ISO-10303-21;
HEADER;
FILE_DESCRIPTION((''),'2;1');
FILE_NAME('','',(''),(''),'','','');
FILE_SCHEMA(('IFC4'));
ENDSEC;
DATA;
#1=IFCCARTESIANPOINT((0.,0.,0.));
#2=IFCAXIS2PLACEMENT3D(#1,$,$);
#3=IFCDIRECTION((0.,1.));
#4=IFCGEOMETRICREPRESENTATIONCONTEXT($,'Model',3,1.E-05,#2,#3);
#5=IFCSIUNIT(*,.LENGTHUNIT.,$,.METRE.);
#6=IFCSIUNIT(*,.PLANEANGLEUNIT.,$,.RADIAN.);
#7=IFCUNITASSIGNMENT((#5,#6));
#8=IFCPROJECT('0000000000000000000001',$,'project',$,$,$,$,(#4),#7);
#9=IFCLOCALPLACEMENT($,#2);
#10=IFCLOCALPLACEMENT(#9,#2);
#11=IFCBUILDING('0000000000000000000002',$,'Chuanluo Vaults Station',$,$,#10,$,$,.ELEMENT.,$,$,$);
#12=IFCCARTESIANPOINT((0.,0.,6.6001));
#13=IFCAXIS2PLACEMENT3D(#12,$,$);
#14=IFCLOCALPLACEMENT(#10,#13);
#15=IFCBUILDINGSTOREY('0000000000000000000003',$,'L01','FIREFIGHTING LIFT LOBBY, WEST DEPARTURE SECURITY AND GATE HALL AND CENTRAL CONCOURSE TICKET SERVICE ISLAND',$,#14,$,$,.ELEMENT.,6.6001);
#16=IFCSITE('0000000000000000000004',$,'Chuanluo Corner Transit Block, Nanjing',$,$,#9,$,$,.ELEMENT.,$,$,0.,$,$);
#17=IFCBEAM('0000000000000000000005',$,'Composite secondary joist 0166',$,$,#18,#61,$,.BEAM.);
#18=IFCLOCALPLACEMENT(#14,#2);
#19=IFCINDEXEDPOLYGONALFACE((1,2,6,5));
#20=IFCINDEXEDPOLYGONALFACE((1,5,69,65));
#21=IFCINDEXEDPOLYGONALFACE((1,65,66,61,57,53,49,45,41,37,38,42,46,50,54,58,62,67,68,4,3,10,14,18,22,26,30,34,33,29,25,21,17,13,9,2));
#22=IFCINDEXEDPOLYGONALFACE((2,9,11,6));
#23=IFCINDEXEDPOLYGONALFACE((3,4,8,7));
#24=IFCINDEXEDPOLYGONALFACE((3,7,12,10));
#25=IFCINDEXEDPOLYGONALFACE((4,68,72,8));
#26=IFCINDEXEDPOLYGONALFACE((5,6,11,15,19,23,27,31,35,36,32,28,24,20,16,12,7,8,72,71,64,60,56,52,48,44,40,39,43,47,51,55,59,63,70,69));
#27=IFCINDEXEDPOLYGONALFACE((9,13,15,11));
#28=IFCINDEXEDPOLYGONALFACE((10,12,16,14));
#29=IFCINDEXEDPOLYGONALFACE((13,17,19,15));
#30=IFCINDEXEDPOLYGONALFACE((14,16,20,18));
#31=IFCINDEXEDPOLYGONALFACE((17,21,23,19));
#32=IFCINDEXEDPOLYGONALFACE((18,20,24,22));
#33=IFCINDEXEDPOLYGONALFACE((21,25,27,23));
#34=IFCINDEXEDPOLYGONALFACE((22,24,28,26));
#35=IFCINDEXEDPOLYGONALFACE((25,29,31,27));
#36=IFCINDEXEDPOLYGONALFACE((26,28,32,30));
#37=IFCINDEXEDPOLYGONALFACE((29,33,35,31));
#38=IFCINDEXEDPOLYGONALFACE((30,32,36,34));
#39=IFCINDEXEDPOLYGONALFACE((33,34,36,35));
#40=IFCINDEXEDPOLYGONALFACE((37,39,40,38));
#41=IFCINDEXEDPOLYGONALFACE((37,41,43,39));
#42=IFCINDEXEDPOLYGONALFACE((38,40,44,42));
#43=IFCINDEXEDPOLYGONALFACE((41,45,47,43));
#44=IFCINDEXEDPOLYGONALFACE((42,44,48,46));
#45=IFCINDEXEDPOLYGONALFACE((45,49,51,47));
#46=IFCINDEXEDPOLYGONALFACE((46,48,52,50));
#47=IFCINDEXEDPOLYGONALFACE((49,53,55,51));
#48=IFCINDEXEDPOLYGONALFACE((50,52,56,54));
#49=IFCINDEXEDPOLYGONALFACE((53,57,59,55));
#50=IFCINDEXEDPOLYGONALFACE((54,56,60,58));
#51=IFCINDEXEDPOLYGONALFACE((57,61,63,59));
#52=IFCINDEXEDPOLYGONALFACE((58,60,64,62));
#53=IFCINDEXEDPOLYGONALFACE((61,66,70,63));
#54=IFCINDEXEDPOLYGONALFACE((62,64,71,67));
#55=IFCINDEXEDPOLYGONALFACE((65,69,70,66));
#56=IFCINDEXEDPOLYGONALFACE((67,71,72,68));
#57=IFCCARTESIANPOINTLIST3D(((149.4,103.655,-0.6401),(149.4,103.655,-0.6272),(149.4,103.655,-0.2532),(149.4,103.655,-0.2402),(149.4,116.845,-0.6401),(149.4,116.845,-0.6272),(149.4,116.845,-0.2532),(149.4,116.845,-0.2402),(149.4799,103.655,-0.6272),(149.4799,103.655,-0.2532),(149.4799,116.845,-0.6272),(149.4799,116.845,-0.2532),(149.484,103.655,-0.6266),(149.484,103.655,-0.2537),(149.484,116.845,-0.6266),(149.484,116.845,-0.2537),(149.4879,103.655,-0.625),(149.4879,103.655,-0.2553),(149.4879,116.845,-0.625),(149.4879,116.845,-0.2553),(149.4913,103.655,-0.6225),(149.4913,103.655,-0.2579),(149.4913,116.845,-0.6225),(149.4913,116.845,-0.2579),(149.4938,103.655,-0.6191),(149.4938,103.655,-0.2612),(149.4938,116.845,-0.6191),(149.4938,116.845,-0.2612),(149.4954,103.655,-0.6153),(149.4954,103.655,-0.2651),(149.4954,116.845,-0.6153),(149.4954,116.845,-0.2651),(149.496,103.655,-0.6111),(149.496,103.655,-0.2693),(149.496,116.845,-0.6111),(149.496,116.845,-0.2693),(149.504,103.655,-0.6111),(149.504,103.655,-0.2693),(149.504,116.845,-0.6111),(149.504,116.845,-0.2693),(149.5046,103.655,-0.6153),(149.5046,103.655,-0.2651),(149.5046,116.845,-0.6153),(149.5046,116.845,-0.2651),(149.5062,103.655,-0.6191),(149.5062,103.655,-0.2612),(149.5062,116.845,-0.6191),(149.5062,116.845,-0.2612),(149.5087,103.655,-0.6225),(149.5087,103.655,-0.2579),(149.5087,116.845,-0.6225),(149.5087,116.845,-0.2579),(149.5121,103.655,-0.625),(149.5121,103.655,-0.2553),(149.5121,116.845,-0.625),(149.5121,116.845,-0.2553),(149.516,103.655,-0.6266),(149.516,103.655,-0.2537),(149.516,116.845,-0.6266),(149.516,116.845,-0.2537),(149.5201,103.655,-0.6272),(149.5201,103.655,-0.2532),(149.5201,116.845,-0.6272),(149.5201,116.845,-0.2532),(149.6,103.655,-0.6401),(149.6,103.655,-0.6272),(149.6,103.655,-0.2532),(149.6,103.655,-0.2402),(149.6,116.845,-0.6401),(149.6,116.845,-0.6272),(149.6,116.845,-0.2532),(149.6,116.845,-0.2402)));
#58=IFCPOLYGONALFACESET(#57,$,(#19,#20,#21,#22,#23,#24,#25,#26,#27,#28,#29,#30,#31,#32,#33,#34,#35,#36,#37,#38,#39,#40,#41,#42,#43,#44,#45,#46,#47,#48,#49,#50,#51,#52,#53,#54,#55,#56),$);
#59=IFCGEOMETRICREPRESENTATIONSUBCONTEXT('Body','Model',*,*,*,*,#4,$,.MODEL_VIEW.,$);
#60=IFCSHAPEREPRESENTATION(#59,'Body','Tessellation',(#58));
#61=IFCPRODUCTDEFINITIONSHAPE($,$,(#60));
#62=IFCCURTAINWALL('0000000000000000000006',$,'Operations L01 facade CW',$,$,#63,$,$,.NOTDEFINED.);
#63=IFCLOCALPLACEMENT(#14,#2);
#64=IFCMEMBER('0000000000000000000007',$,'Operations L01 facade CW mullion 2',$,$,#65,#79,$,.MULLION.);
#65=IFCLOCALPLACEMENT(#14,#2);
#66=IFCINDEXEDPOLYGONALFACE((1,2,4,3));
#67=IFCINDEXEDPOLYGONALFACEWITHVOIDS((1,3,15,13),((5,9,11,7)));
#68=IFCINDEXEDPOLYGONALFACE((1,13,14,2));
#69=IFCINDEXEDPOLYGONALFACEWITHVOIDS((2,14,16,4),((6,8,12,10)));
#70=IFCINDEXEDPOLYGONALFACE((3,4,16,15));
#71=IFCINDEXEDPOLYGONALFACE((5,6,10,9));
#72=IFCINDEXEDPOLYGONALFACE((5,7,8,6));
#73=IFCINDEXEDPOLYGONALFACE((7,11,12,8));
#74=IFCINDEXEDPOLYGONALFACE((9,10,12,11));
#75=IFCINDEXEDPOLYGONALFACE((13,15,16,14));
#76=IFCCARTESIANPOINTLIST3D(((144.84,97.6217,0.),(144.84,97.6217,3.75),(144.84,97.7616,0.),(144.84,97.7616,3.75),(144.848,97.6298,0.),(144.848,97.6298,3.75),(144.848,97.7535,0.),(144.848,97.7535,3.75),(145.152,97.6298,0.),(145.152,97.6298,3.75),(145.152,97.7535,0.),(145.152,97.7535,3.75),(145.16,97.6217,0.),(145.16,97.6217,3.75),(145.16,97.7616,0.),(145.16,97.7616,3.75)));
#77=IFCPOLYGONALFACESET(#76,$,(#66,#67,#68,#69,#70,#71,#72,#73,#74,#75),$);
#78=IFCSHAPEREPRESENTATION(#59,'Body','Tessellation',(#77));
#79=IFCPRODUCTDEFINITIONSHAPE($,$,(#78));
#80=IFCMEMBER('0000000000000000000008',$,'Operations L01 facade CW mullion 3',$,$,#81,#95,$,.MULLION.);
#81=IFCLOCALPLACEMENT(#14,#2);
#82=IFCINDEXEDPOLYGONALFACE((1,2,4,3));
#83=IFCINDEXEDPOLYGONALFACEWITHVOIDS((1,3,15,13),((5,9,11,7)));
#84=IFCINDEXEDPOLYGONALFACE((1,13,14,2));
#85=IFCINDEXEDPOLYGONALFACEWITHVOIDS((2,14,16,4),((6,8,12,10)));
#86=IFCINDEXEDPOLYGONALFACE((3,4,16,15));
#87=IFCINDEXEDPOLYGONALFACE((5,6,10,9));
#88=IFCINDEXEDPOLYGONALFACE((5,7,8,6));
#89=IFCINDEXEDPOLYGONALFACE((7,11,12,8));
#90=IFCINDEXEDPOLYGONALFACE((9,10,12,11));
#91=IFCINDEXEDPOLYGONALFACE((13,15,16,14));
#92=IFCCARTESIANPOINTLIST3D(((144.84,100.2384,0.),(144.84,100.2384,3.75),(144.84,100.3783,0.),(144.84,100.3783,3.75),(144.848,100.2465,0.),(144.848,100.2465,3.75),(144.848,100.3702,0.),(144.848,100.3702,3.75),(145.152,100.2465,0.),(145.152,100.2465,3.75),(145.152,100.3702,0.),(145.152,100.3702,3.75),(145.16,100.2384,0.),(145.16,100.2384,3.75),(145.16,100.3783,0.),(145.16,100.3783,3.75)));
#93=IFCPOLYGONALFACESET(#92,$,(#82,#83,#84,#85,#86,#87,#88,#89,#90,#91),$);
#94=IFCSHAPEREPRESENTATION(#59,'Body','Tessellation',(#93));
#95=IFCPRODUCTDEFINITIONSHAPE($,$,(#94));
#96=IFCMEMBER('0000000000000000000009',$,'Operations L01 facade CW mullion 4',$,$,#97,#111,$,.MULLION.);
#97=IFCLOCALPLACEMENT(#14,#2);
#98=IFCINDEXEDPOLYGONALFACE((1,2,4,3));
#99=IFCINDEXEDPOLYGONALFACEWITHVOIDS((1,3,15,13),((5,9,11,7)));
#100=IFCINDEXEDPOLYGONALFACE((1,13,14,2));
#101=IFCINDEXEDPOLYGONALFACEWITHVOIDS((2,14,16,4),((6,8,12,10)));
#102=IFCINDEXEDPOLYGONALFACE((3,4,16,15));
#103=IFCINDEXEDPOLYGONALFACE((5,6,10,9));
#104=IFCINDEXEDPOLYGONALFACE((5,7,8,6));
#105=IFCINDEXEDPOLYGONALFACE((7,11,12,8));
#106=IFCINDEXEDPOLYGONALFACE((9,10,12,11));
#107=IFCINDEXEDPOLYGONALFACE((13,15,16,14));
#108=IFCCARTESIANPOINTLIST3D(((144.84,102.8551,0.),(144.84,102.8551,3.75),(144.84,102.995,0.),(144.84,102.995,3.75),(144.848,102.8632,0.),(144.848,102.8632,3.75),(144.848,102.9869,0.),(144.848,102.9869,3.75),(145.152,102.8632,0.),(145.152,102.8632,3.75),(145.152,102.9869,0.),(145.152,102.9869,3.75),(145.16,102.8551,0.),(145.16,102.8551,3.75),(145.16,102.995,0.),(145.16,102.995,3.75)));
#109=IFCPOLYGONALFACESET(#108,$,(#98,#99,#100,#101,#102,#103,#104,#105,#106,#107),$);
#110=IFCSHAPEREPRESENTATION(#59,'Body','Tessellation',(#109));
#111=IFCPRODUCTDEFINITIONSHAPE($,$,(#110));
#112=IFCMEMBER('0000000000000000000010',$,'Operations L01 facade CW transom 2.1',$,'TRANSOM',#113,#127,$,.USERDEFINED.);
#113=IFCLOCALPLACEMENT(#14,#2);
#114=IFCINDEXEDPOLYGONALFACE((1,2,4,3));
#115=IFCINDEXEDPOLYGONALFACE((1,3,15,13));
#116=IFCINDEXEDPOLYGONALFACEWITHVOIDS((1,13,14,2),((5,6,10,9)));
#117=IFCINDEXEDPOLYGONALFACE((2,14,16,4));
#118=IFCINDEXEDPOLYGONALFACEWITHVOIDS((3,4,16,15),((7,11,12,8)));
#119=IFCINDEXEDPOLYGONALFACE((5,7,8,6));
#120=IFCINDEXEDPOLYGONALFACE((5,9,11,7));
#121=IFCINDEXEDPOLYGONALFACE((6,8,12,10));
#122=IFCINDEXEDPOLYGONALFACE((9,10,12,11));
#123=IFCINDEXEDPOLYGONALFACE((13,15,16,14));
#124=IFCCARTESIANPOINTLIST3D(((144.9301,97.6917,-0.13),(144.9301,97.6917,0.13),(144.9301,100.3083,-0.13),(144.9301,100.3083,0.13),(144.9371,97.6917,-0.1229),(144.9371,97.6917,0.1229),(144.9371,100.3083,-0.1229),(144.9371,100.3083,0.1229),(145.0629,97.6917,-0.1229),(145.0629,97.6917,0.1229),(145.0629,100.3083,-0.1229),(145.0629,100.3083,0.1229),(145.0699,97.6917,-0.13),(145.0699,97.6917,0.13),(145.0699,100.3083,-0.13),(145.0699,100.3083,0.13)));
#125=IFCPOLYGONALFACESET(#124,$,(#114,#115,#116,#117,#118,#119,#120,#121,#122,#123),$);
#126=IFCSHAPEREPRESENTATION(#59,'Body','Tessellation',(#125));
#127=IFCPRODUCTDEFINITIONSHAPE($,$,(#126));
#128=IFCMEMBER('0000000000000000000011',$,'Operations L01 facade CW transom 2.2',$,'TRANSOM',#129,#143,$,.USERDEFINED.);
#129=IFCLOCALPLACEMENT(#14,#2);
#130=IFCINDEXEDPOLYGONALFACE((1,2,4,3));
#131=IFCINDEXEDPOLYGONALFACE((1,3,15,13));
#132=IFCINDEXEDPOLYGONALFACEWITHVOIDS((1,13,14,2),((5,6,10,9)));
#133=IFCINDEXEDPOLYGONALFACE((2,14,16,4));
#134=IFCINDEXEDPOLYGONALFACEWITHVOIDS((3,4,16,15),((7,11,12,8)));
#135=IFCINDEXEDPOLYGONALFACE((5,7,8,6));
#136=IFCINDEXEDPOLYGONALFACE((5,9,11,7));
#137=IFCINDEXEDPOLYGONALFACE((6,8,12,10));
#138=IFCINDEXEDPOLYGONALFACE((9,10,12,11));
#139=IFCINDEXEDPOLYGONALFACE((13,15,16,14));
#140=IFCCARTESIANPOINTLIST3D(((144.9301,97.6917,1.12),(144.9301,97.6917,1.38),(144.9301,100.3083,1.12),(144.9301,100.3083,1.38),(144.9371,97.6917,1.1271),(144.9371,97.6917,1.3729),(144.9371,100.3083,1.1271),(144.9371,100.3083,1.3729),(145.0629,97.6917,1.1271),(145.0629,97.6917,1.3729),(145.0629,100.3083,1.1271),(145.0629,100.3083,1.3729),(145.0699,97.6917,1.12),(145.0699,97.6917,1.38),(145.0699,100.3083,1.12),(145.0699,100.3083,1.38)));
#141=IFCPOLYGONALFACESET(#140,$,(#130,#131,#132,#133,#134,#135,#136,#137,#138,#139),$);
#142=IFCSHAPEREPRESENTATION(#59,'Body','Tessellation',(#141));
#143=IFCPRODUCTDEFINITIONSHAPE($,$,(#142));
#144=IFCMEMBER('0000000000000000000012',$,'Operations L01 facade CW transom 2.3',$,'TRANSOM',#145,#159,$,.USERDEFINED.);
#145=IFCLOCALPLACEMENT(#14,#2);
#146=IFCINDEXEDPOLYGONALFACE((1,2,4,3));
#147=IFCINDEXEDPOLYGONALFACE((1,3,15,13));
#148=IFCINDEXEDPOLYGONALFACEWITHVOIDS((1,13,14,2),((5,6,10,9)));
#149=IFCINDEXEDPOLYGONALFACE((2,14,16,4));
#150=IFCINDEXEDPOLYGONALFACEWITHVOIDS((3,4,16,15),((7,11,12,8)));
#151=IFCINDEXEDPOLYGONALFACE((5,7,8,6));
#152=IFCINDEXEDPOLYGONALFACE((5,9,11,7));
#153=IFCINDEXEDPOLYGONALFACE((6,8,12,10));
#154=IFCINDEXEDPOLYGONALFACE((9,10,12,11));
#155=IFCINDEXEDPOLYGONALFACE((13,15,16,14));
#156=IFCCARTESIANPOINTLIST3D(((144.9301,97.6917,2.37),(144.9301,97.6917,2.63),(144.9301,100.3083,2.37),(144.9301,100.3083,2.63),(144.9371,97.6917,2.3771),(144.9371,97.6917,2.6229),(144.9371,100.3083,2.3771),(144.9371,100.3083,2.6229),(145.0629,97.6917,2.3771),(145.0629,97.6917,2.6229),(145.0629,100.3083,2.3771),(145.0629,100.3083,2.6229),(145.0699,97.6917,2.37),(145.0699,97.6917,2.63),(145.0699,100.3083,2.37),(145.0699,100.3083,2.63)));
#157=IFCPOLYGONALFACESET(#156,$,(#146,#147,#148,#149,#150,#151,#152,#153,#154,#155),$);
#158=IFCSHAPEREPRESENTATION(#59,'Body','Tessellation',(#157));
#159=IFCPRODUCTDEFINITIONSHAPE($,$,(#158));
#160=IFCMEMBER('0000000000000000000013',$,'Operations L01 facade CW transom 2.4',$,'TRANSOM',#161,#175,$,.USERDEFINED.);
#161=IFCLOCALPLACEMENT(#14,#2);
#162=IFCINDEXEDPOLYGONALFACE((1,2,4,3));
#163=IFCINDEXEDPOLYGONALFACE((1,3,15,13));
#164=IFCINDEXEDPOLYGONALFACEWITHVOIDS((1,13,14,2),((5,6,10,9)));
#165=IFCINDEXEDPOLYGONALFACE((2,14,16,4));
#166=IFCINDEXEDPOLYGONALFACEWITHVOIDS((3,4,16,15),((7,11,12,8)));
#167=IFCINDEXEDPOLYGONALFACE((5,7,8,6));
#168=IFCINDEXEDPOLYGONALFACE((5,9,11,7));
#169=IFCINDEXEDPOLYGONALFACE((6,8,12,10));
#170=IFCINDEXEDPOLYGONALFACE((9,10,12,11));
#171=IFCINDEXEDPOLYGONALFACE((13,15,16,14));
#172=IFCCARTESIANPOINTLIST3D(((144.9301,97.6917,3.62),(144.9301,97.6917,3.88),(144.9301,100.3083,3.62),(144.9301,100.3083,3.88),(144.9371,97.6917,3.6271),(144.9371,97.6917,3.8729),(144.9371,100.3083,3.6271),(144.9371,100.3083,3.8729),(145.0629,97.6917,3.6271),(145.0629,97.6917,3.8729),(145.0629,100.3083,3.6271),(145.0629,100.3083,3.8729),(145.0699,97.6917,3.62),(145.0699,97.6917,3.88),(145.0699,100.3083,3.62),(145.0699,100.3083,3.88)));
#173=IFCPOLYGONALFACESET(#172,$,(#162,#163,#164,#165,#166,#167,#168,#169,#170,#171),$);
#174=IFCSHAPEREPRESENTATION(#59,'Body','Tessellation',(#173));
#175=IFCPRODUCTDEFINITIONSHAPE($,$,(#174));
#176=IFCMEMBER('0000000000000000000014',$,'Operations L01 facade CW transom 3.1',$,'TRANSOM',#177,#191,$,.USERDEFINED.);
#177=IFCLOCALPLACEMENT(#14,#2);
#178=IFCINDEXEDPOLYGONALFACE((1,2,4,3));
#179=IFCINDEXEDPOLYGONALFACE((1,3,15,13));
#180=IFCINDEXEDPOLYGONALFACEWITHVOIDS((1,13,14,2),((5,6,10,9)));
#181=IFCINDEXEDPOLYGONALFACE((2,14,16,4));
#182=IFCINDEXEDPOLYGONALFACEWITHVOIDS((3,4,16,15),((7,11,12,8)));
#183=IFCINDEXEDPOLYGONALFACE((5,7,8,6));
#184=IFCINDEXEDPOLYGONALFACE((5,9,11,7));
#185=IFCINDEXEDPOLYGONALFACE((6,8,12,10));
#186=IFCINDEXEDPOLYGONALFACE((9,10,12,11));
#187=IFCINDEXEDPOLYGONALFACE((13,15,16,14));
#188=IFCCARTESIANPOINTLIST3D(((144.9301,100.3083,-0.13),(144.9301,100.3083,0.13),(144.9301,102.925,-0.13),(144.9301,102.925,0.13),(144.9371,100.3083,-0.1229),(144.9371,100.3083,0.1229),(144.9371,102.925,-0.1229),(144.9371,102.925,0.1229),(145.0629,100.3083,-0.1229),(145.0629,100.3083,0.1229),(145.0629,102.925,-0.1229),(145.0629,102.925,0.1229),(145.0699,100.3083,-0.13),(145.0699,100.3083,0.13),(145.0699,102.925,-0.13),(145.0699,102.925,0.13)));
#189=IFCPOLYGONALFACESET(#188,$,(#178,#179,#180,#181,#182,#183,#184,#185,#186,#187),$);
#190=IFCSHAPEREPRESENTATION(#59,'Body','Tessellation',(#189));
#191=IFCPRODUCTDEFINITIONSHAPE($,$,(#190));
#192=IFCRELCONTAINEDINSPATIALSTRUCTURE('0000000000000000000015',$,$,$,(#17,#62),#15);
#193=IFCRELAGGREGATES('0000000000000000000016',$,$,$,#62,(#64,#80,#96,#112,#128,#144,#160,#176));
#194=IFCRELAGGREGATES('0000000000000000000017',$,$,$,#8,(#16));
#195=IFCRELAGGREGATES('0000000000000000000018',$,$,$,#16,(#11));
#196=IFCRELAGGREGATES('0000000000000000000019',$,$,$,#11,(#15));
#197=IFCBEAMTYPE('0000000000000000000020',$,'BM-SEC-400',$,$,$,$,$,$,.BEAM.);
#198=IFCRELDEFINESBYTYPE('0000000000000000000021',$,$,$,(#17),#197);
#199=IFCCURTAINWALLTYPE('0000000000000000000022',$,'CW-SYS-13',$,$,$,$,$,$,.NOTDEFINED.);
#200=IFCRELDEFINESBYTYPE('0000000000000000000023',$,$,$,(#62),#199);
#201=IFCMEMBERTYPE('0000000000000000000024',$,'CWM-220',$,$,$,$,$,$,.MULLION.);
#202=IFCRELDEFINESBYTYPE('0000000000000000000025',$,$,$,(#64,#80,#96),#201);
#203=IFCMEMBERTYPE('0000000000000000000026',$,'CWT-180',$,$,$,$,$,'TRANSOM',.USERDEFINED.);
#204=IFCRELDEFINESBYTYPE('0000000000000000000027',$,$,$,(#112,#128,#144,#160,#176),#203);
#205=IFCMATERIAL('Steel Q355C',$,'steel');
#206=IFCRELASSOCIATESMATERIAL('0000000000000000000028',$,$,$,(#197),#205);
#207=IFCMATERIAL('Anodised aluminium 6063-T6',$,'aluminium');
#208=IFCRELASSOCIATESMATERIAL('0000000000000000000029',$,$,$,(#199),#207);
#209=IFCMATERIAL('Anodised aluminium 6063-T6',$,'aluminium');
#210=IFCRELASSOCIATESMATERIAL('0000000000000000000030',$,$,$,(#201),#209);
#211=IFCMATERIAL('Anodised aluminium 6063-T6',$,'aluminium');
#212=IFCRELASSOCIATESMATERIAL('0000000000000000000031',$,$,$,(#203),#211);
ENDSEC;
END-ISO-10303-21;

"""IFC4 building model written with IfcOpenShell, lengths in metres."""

from ifc_helpers import new_model, si_unit, direction, frame, origin, origin_2d, place, context, subcontext, project, spatial, hollow_rectangle, i_section, extrude, material, material_profile, profile_set, type_object, element, aggregate, save


model = new_model("IFC4")

# Units and contexts
model_context = context("Model", 3, precision=1e-05, world=origin(), true_north=direction((0.0, 1.0)))
body_context = subcontext(model_context, "Body", "Model", "MODEL_VIEW")
ifc_project = project(units=[si_unit("LENGTHUNIT", "METRE"), si_unit("PLANEANGLEUNIT", "RADIAN")], contexts=[model_context])

# Site, building, storey
site_placement = place(None, origin())
site = spatial("IfcSite", under=ifc_project, at=site_placement, Name="Chuanluo Corner Transit Block, Nanjing", CompositionType="ELEMENT", RefElevation=0.0)
building_placement = place(site_placement, origin())
building = spatial("IfcBuilding", under=site, at=building_placement, Name="Chuanluo Vaults Station", CompositionType="ELEMENT")
storey_placement = place(building_placement, frame((0.0, 0.0, 6.6001)))
storey = spatial("IfcBuildingStorey", under=building, at=storey_placement, Name="L01", Description="FIREFIGHTING LIFT LOBBY, WEST DEPARTURE SECURITY AND GATE HALL AND CENTRAL CONCOURSE TICKET SERVICE ISLAND", CompositionType="ELEMENT", Elevation=6.6001)

# Beam
ifc_material_1 = material(Name="Steel Q355C", Category="steel")
ifc_material_profile_1 = material_profile(ifc_material_1, i_section(OverallWidth=0.2, OverallDepth=0.3999, WebThickness=0.0081, FlangeThickness=0.0129, FilletRadius=0.0161, at=origin_2d()))
ifc_profile_set_1 = profile_set([ifc_material_profile_1], Name="Steel Q355C")
beam_type_1 = type_object("IfcBeamType", Name="BM-SEC-400", PredefinedType="BEAM", material=ifc_profile_set_1)
beam_1_placement = place(storey_placement, frame((149.5, 103.655, -0.4402), z_axis=(0.0, 1.0, 0.0), x_axis=(-1.0, 0.0, 0.0)))
element("IfcBeam", 1, at=beam_1_placement, inside=storey, type_object=beam_type_1, Name="Composite secondary joist 0166", PredefinedType="BEAM", context=body_context, shape_type="SweptSolid", body=[
    extrude(i_section(OverallWidth=0.2, OverallDepth=0.3999, WebThickness=0.0081, FlangeThickness=0.0129, FilletRadius=0.0161, at=origin_2d()), origin(), (0.0, 0.0, 1.0), 13.1899),
])

# Curtain wall, members
ifc_material_2 = material(Name="Anodised aluminium 6063-T6", Category="aluminium")
curtain_wall_type = type_object("IfcCurtainWallType", Name="CW-SYS-13", PredefinedType="NOTDEFINED", material=ifc_material_2)
curtain_wall_placement = place(storey_placement, origin())
curtain_wall = element("IfcCurtainWall", 2, at=curtain_wall_placement, inside=storey, type_object=curtain_wall_type, Name="Operations L01 facade CW", PredefinedType="NOTDEFINED")
ifc_material_3 = material(Name="Anodised aluminium 6063-T6", Category="aluminium")
ifc_material_profile_2 = material_profile(ifc_material_3, hollow_rectangle(XDim=0.1399, YDim=0.3201, WallThickness=0.0081, at=origin_2d()))
ifc_profile_set_2 = profile_set([ifc_material_profile_2], Name="Anodised aluminium 6063-T6")
member_type_1 = type_object("IfcMemberType", Name="CWM-220", PredefinedType="MULLION", material=ifc_profile_set_2)
member_1_placement = place(storey_placement, frame((145.0, 97.6917, 0.0), z_axis=(0.0, 0.0, 1.0), x_axis=(0.0, 1.0, 0.0)))
member_1 = element("IfcMember", 3, at=member_1_placement, type_object=member_type_1, Name="Operations L01 facade CW mullion 2", PredefinedType="MULLION", context=body_context, shape_type="SweptSolid", body=[
    extrude(hollow_rectangle(XDim=0.1399, YDim=0.3201, WallThickness=0.0081, at=origin_2d()), origin(), (0.0, 0.0, 1.0), 3.75),
])
member_2_placement = place(storey_placement, frame((145.0, 100.3083, 0.0), z_axis=(0.0, 0.0, 1.0), x_axis=(0.0, 1.0, 0.0)))
member_2 = element("IfcMember", 4, at=member_2_placement, type_object=member_type_1, Name="Operations L01 facade CW mullion 3", PredefinedType="MULLION", context=body_context, shape_type="SweptSolid", body=[
    extrude(hollow_rectangle(XDim=0.1399, YDim=0.3201, WallThickness=0.0081, at=origin_2d()), origin(), (0.0, 0.0, 1.0), 3.75),
])
member_3_placement = place(storey_placement, frame((145.0, 102.925, 0.0), z_axis=(0.0, 0.0, 1.0), x_axis=(0.0, 1.0, 0.0)))
member_3 = element("IfcMember", 5, at=member_3_placement, type_object=member_type_1, Name="Operations L01 facade CW mullion 4", PredefinedType="MULLION", context=body_context, shape_type="SweptSolid", body=[
    extrude(hollow_rectangle(XDim=0.1399, YDim=0.3201, WallThickness=0.0081, at=origin_2d()), origin(), (0.0, 0.0, 1.0), 3.75),
])
ifc_material_4 = material(Name="Anodised aluminium 6063-T6", Category="aluminium")
ifc_material_profile_3 = material_profile(ifc_material_4, hollow_rectangle(XDim=0.1399, YDim=0.26, WallThickness=0.0071, at=origin_2d()))
ifc_profile_set_3 = profile_set([ifc_material_profile_3], Name="Anodised aluminium 6063-T6")
member_type_2 = type_object("IfcMemberType", Name="CWT-180", ElementType="TRANSOM", PredefinedType="USERDEFINED", material=ifc_profile_set_3)
member_4_placement = place(storey_placement, frame((145.0, 97.6917, 0.0), z_axis=(0.0, 1.0, 0.0), x_axis=(-1.0, 0.0, 0.0)))
member_4 = element("IfcMember", 6, at=member_4_placement, type_object=member_type_2, Name="Operations L01 facade CW transom 2.1", ObjectType="TRANSOM", PredefinedType="USERDEFINED", context=body_context, shape_type="SweptSolid", body=[
    extrude(hollow_rectangle(XDim=0.1399, YDim=0.26, WallThickness=0.0071, at=origin_2d()), origin(), (0.0, 0.0, 1.0), 2.6167),
])
member_5_placement = place(storey_placement, frame((145.0, 97.6917, 1.25), z_axis=(0.0, 1.0, 0.0), x_axis=(-1.0, 0.0, 0.0)))
member_5 = element("IfcMember", 7, at=member_5_placement, type_object=member_type_2, Name="Operations L01 facade CW transom 2.2", ObjectType="TRANSOM", PredefinedType="USERDEFINED", context=body_context, shape_type="SweptSolid", body=[
    extrude(hollow_rectangle(XDim=0.1399, YDim=0.26, WallThickness=0.0071, at=origin_2d()), origin(), (0.0, 0.0, 1.0), 2.6167),
])
member_6_placement = place(storey_placement, frame((145.0, 97.6917, 2.5), z_axis=(0.0, 1.0, 0.0), x_axis=(-1.0, 0.0, 0.0)))
member_6 = element("IfcMember", 8, at=member_6_placement, type_object=member_type_2, Name="Operations L01 facade CW transom 2.3", ObjectType="TRANSOM", PredefinedType="USERDEFINED", context=body_context, shape_type="SweptSolid", body=[
    extrude(hollow_rectangle(XDim=0.1399, YDim=0.26, WallThickness=0.0071, at=origin_2d()), origin(), (0.0, 0.0, 1.0), 2.6167),
])
member_7_placement = place(storey_placement, frame((145.0, 97.6917, 3.75), z_axis=(0.0, 1.0, 0.0), x_axis=(-1.0, 0.0, 0.0)))
member_7 = element("IfcMember", 9, at=member_7_placement, type_object=member_type_2, Name="Operations L01 facade CW transom 2.4", ObjectType="TRANSOM", PredefinedType="USERDEFINED", context=body_context, shape_type="SweptSolid", body=[
    extrude(hollow_rectangle(XDim=0.1399, YDim=0.26, WallThickness=0.0071, at=origin_2d()), origin(), (0.0, 0.0, 1.0), 2.6167),
])
member_8_placement = place(storey_placement, frame((145.0, 100.3083, 0.0), z_axis=(0.0, 1.0, 0.0), x_axis=(-1.0, 0.0, 0.0)))
member_8 = element("IfcMember", 10, at=member_8_placement, type_object=member_type_2, Name="Operations L01 facade CW transom 3.1", ObjectType="TRANSOM", PredefinedType="USERDEFINED", context=body_context, shape_type="SweptSolid", body=[
    extrude(hollow_rectangle(XDim=0.1399, YDim=0.26, WallThickness=0.0071, at=origin_2d()), origin(), (0.0, 0.0, 1.0), 2.6167),
])
aggregate(curtain_wall, [member_1, member_2, member_3, member_4, member_5, member_6, member_7, member_8])

save(model, "model.ifc")
